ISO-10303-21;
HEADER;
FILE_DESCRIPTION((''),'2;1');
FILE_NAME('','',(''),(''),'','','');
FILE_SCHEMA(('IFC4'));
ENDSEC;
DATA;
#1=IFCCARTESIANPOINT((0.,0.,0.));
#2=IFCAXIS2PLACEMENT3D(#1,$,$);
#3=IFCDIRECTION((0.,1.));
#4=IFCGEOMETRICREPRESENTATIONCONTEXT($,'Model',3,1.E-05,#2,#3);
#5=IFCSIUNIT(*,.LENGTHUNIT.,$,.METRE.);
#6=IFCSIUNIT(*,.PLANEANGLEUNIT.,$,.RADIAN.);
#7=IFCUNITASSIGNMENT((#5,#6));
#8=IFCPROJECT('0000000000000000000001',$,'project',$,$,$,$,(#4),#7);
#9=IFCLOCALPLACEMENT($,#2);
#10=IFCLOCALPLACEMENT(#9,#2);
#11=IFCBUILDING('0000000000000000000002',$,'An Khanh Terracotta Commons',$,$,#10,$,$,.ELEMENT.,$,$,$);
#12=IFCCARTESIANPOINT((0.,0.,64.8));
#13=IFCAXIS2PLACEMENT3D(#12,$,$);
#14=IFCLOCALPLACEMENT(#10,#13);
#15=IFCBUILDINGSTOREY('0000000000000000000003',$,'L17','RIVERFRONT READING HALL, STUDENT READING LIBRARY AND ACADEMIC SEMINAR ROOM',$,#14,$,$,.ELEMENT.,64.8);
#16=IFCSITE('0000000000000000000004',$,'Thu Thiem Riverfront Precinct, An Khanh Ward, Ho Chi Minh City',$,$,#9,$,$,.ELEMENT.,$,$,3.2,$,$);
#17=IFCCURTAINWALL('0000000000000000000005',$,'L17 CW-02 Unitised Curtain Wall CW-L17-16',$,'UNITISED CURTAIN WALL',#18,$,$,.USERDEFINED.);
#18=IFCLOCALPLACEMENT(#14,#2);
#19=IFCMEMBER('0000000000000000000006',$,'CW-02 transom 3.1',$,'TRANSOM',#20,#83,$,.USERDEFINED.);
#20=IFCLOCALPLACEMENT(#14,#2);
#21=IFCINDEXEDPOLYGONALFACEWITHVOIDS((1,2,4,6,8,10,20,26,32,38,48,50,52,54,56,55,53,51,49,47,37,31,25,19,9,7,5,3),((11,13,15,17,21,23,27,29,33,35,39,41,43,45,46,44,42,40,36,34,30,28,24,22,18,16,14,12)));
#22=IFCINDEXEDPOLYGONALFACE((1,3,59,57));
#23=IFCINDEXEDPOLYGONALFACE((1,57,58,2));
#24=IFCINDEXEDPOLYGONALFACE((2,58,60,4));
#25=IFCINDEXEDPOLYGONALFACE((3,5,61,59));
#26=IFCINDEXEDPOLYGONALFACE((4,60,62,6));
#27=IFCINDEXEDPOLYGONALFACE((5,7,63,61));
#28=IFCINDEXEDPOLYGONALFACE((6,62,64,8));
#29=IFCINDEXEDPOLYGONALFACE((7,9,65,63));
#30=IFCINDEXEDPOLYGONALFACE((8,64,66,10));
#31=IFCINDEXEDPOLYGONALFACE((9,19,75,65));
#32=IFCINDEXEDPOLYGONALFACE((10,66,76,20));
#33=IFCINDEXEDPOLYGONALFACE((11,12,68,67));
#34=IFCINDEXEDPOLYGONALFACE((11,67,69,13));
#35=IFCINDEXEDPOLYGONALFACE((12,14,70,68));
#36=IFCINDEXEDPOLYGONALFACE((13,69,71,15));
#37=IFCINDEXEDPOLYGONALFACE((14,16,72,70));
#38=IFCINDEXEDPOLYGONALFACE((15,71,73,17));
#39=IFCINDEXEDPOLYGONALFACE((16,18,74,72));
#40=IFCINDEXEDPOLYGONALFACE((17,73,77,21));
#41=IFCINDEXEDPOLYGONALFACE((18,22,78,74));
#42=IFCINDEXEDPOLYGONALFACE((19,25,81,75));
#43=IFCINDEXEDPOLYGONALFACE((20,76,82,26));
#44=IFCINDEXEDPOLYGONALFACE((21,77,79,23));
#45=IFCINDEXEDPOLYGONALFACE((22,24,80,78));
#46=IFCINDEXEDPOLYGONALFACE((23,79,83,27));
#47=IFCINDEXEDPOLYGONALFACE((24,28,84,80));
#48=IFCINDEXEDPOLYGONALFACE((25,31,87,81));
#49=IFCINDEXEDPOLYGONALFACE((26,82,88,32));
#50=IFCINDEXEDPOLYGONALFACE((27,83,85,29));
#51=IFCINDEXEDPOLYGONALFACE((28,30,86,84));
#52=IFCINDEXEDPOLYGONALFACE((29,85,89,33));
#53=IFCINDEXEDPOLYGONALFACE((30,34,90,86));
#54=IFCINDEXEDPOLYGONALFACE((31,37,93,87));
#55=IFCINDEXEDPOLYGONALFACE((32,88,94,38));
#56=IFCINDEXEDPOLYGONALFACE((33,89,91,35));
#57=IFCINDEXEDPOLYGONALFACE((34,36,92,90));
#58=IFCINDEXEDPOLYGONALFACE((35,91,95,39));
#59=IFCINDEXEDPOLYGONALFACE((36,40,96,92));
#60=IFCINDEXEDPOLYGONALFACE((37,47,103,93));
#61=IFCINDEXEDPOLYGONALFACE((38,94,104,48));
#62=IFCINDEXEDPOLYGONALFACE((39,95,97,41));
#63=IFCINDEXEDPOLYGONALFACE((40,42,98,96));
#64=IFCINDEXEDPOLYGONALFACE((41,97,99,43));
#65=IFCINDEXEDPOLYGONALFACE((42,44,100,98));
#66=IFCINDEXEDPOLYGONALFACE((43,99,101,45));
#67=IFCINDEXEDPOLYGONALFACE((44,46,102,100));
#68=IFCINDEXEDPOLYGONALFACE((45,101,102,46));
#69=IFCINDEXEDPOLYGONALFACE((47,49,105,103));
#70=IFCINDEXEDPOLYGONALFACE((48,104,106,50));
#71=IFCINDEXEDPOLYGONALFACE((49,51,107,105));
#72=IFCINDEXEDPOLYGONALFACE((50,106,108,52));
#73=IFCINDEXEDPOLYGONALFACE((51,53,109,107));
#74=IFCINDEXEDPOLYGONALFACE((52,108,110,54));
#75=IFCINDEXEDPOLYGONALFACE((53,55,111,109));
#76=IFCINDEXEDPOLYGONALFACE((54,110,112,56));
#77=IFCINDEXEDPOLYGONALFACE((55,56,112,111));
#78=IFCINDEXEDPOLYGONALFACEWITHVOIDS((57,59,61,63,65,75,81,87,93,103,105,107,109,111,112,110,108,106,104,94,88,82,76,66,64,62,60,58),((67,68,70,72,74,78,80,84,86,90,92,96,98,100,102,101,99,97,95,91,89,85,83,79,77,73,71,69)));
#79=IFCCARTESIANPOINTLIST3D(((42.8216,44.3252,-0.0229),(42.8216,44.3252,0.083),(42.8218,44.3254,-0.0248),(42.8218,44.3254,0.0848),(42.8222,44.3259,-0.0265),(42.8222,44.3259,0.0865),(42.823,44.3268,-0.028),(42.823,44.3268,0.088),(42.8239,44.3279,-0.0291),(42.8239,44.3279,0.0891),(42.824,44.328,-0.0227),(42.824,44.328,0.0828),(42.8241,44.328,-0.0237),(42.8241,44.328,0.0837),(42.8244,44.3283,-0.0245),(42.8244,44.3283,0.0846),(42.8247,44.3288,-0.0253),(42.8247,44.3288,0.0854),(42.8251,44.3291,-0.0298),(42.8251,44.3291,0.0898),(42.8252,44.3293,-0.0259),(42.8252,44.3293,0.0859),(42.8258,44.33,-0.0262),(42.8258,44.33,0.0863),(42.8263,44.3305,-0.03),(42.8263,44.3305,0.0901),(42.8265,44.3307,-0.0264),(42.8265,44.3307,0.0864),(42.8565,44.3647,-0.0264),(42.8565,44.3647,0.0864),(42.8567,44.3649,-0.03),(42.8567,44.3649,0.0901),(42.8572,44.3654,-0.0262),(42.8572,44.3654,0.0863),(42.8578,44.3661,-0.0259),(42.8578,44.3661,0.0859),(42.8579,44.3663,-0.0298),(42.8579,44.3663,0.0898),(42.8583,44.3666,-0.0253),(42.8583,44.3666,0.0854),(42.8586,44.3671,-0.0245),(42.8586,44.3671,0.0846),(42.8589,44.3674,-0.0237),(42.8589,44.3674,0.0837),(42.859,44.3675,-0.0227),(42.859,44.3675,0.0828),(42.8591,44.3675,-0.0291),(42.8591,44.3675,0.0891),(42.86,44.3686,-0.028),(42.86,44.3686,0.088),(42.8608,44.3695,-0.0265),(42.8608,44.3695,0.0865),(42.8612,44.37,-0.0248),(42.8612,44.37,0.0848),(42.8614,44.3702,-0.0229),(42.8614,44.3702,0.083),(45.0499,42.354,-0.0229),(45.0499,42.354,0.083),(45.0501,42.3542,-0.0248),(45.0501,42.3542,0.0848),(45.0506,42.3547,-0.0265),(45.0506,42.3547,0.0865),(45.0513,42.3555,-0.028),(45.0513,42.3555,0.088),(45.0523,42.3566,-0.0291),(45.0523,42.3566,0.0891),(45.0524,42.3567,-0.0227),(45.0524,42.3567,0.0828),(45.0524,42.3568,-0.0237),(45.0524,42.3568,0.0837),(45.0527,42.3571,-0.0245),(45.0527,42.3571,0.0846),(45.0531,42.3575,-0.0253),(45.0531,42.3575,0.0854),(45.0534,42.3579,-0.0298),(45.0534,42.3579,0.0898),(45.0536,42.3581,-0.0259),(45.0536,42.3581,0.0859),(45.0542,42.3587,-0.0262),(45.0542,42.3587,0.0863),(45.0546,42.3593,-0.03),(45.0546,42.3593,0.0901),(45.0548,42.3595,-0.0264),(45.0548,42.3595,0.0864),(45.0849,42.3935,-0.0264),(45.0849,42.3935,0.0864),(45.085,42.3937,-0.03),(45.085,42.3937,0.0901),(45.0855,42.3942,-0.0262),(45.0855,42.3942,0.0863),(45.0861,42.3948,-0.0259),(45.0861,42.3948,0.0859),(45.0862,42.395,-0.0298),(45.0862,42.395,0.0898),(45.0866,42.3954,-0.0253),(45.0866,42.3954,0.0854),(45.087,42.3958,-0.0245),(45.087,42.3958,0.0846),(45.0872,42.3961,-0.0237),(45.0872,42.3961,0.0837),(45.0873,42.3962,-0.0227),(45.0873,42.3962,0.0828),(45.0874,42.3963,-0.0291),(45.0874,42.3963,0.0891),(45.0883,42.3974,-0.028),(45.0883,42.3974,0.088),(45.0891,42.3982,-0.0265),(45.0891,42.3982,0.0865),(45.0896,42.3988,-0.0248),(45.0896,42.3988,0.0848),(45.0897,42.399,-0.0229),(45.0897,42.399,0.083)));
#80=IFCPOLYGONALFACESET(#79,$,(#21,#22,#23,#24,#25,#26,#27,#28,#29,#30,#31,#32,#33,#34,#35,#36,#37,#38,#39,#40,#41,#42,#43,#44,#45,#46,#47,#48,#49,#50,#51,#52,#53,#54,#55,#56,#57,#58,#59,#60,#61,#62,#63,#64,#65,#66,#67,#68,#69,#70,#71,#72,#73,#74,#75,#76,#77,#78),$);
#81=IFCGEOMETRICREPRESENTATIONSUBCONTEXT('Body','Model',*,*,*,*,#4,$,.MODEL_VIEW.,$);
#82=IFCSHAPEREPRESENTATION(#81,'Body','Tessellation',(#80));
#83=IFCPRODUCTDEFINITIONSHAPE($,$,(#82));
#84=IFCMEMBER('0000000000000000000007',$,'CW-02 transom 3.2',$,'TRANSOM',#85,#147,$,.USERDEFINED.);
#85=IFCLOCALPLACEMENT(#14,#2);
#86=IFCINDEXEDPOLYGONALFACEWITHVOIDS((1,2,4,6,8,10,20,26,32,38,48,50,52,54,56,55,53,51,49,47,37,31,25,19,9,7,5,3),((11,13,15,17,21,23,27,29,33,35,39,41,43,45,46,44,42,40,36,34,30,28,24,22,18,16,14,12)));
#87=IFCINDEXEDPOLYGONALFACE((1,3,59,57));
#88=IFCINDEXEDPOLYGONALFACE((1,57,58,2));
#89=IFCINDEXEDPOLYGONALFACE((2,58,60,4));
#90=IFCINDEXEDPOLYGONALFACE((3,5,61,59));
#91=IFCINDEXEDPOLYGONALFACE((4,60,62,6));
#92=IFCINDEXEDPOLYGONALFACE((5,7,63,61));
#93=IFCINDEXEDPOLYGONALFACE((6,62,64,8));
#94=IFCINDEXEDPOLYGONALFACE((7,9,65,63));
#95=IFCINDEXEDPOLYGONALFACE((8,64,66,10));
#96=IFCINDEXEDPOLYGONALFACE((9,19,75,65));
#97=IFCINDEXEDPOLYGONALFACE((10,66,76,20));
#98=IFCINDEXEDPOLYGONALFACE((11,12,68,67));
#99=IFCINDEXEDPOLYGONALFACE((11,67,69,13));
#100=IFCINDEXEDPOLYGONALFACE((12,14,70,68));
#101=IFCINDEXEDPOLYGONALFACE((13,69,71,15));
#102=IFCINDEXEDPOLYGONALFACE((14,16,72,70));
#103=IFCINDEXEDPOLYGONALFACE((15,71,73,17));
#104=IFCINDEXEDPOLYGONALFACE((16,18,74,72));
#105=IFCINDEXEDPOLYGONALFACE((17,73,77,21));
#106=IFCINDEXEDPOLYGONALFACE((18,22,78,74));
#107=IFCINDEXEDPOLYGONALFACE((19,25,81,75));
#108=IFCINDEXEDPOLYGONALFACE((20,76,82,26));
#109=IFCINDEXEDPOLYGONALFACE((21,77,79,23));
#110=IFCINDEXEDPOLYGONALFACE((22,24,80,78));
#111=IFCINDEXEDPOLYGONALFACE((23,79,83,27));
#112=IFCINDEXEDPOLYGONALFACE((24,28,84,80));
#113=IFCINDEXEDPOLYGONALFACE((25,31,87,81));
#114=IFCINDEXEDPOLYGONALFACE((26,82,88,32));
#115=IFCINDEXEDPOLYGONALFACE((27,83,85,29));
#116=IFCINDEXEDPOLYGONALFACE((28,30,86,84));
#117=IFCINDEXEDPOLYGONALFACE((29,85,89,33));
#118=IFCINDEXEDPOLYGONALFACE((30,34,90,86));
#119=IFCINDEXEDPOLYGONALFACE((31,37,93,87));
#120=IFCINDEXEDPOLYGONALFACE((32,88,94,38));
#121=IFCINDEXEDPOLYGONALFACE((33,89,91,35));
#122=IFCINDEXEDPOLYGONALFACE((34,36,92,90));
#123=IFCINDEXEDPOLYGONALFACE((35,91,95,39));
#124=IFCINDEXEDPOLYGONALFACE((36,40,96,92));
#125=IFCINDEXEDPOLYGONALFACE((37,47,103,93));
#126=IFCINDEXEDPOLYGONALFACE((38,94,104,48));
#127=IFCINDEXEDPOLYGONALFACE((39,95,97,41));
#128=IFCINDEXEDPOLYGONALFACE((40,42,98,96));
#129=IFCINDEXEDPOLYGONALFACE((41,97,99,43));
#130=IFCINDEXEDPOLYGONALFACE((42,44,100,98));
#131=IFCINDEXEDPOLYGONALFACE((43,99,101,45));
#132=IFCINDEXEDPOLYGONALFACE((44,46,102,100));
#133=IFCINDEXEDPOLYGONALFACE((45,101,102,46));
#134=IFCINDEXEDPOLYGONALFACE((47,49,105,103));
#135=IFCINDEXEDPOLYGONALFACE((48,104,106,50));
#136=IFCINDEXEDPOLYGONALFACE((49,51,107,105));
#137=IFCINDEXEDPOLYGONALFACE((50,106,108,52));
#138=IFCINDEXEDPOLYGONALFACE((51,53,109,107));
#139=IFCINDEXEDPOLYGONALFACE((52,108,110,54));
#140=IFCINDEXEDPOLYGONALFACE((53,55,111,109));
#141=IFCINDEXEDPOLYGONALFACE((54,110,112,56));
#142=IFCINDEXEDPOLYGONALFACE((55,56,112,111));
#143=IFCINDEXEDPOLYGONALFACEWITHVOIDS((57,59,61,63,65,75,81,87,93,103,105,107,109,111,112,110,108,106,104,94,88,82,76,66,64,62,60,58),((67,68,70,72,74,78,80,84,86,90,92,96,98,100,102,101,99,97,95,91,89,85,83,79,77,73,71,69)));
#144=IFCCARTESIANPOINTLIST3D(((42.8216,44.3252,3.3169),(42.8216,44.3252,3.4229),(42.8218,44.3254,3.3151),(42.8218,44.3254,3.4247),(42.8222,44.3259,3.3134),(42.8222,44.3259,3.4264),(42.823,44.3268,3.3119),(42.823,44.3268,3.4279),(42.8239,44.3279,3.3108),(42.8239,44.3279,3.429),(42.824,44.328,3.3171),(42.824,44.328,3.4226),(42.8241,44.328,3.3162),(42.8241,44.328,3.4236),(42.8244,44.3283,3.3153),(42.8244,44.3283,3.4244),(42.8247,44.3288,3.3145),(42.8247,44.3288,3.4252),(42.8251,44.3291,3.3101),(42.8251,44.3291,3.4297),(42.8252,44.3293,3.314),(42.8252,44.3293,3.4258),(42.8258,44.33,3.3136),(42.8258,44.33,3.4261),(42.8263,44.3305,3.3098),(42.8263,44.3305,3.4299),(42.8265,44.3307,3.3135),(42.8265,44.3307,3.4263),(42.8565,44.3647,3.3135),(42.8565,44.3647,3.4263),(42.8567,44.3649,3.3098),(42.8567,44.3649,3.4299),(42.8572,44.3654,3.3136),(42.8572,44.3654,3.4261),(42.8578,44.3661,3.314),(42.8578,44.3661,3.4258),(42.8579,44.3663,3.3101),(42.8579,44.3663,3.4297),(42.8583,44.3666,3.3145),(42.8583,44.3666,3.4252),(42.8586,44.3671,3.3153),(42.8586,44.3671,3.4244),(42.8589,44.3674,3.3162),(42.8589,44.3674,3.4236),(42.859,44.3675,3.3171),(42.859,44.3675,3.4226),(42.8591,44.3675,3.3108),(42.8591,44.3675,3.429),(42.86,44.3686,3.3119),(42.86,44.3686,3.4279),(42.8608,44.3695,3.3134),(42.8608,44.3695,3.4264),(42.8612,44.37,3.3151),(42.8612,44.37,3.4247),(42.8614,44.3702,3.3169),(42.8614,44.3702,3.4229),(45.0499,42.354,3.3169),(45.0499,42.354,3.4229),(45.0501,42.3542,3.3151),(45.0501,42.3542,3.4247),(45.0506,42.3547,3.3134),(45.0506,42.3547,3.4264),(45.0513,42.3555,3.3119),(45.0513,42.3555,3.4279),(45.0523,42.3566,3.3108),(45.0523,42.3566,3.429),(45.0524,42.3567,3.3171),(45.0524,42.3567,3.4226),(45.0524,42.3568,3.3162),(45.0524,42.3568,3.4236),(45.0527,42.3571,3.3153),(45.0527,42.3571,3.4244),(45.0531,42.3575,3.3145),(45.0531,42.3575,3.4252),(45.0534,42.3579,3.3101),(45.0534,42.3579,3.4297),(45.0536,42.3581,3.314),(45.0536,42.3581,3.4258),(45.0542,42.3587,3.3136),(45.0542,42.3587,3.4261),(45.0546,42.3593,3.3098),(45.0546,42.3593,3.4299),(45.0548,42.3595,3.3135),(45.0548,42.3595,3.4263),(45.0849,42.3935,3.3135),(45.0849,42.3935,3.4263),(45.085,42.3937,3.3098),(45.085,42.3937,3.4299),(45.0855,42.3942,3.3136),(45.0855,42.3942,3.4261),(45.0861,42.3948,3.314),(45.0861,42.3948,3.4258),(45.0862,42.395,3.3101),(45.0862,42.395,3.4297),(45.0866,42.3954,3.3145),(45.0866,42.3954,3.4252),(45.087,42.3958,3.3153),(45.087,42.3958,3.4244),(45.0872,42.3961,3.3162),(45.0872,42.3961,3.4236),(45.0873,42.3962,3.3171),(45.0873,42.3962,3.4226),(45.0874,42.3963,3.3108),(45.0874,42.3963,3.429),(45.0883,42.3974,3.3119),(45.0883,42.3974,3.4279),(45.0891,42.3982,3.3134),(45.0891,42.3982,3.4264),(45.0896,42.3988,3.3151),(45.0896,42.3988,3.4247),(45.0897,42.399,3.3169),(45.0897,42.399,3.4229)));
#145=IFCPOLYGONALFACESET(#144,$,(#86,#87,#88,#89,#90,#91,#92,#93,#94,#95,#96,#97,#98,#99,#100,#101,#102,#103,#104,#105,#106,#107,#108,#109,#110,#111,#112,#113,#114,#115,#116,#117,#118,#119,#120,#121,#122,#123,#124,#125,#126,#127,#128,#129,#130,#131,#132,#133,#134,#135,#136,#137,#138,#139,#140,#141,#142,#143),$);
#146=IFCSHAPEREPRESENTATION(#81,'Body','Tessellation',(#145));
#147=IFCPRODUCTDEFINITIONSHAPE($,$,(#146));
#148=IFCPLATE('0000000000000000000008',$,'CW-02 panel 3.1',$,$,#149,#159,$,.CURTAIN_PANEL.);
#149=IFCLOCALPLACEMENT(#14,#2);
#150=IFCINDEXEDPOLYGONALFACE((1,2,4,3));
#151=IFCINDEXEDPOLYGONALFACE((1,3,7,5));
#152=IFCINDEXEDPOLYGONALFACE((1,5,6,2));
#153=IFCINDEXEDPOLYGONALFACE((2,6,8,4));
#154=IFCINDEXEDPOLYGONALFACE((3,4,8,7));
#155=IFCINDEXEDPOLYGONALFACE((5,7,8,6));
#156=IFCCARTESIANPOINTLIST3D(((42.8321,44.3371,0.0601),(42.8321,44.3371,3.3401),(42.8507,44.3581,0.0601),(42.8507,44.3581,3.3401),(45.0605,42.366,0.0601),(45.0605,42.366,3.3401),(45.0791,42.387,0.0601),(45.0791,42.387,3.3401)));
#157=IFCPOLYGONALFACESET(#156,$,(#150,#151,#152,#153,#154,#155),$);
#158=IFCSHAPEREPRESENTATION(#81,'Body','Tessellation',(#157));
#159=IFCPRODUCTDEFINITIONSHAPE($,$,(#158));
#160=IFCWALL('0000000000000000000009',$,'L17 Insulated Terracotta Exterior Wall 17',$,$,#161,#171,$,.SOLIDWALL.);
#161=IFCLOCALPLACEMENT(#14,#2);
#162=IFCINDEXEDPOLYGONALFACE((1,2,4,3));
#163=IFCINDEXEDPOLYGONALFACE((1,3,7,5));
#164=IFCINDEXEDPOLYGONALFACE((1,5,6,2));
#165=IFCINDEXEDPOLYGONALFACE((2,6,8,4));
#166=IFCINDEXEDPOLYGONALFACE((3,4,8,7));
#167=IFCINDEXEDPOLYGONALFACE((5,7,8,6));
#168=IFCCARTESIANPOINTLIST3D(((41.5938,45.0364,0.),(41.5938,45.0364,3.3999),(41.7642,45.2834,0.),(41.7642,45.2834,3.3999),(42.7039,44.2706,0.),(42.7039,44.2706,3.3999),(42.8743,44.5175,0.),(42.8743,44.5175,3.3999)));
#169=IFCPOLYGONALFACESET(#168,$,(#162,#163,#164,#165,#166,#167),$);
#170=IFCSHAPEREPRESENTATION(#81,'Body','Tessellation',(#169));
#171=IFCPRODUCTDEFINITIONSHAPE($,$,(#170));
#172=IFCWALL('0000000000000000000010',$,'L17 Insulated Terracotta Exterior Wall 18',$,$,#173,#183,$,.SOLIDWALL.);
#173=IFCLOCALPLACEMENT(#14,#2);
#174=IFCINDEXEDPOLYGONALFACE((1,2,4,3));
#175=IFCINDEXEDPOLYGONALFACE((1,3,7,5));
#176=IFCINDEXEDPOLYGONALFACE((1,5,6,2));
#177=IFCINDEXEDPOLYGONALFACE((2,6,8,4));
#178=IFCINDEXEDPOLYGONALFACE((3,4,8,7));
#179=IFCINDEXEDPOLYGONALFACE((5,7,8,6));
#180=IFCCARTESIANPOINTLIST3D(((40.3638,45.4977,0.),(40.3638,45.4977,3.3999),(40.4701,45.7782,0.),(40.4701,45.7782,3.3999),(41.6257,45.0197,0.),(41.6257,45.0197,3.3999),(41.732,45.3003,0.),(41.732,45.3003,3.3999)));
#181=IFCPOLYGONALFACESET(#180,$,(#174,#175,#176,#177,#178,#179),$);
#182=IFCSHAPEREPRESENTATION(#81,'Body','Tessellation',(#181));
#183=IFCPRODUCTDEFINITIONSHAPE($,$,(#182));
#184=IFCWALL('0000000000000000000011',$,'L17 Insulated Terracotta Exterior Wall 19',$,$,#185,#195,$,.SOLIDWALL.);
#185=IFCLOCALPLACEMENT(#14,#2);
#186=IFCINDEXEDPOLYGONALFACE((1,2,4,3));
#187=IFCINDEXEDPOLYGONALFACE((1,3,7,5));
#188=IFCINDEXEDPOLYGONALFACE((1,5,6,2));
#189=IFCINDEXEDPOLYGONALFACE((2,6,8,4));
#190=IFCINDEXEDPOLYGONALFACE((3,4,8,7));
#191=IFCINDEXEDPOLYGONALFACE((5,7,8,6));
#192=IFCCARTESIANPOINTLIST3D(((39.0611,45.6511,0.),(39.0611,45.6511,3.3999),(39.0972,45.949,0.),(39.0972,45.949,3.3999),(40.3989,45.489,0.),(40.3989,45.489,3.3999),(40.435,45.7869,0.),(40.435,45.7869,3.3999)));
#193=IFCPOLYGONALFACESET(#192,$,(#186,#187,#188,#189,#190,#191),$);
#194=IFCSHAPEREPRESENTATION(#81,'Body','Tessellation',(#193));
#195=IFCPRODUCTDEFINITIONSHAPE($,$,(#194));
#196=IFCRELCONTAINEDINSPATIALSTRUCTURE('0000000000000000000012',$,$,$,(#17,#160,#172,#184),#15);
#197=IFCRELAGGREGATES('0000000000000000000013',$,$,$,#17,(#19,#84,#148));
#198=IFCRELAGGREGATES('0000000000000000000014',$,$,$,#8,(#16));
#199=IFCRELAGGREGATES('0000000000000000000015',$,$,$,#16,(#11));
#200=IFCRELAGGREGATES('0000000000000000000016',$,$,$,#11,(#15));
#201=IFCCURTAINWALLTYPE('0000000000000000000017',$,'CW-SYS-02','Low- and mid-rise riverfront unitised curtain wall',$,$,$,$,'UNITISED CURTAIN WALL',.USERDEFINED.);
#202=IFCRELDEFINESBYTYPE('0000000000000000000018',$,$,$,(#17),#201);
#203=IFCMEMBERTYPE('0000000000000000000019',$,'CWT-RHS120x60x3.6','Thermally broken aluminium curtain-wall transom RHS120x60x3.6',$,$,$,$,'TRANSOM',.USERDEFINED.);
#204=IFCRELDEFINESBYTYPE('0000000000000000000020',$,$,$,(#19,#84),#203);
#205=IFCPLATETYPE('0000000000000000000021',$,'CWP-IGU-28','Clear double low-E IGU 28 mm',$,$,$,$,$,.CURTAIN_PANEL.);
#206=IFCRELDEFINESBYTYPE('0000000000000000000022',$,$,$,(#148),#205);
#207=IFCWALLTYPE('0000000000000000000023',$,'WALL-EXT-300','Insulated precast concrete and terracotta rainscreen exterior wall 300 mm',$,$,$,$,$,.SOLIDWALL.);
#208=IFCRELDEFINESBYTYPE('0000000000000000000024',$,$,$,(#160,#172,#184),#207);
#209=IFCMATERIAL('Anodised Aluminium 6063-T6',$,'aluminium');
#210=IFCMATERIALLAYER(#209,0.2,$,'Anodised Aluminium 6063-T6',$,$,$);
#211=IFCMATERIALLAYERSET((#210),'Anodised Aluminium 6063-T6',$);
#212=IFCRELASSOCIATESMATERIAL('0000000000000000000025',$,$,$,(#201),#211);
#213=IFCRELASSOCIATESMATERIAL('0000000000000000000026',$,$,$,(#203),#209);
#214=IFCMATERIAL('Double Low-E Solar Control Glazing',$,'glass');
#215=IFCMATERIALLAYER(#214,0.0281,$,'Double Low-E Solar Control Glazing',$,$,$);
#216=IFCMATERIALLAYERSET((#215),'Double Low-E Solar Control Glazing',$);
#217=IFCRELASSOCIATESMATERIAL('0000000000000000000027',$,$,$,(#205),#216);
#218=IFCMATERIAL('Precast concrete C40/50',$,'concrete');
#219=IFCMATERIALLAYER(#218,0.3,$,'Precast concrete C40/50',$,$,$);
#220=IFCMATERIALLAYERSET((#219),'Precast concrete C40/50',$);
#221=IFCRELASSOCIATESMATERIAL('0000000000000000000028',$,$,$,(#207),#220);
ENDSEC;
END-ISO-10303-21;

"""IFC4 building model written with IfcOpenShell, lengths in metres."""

from ifc_helpers import new_model, si_unit, direction, frame, frame_2d, origin, origin_2d, place, context, subcontext, project, spatial, rectangle, hollow_rectangle, extrude, material, layer, layer_set, material_profile, profile_set, type_object, element, aggregate, save


model = new_model("IFC4")

# Units and contexts
model_context = context("Model", 3, precision=1e-05, world=origin(), true_north=direction((0.0, 1.0)))
body_context = subcontext(model_context, "Body", "Model", "MODEL_VIEW")
ifc_project = project(units=[si_unit("LENGTHUNIT", "METRE"), si_unit("PLANEANGLEUNIT", "RADIAN")], contexts=[model_context])

# Site, building, storey
site_placement = place(None, origin())
site = spatial("IfcSite", under=ifc_project, at=site_placement, Name="Thu Thiem Riverfront Precinct, An Khanh Ward, Ho Chi Minh City", CompositionType="ELEMENT", RefElevation=3.2)
building_placement = place(site_placement, origin())
building = spatial("IfcBuilding", under=site, at=building_placement, Name="An Khanh Terracotta Commons", CompositionType="ELEMENT")
storey_placement = place(building_placement, frame((0.0, 0.0, 64.8)))
storey = spatial("IfcBuildingStorey", under=building, at=storey_placement, Name="L17", Description="RIVERFRONT READING HALL, STUDENT READING LIBRARY AND ACADEMIC SEMINAR ROOM", CompositionType="ELEMENT", Elevation=64.8)

# Curtain wall, members, plate
ifc_material_1 = material(Name="Anodised Aluminium 6063-T6", Category="aluminium")
ifc_layer_1 = layer(ifc_material_1, 0.2, Name="Anodised Aluminium 6063-T6")
ifc_layer_set_1 = layer_set([ifc_layer_1], Name="Anodised Aluminium 6063-T6")
curtain_wall_type = type_object("IfcCurtainWallType", Name="CW-SYS-02", Description="Low- and mid-rise riverfront unitised curtain wall", ElementType="UNITISED CURTAIN WALL", PredefinedType="USERDEFINED", material=ifc_layer_set_1)
curtain_wall_placement = place(storey_placement, origin())
curtain_wall = element("IfcCurtainWall", 1, at=curtain_wall_placement, inside=storey, type_object=curtain_wall_type, Name="L17 CW-02 Unitised Curtain Wall CW-L17-16", ObjectType="UNITISED CURTAIN WALL", PredefinedType="USERDEFINED")
ifc_material_profile_1 = material_profile(ifc_material_1, hollow_rectangle(XDim=0.0601, YDim=0.1201, WallThickness=0.0037, InnerFilletRadius=0.0037, OuterFilletRadius=0.0071, at=origin_2d()), Name="RHS120x60x3.6")
ifc_profile_set_1 = profile_set([ifc_material_profile_1], Name="Anodised Aluminium 6063-T6")
member_type_1 = type_object("IfcMemberType", Name="CWT-RHS120x60x3.6", Description="Thermally broken aluminium curtain-wall transom RHS120x60x3.6", ElementType="TRANSOM", PredefinedType="USERDEFINED", material=ifc_profile_set_1)
member_1_placement = place(storey_placement, frame((45.0698, 42.3765, 0.03), z_axis=(-0.748992, 0.662579, 0.0), x_axis=(-0.662579, -0.748992, 0.0)))
member_1 = element("IfcMember", 2, at=member_1_placement, type_object=member_type_1, Name="CW-02 transom 3.1", ObjectType="TRANSOM", PredefinedType="USERDEFINED", context=body_context, shape_type="SweptSolid", body=[
    extrude(hollow_rectangle(XDim=0.0601, YDim=0.1201, WallThickness=0.0037, InnerFilletRadius=0.0037, OuterFilletRadius=0.0071, at=origin_2d()), origin(), (0.0, 0.0, 1.0), 2.9751),
])
member_2_placement = place(storey_placement, frame((45.0698, 42.3765, 3.3699), z_axis=(-0.748992, 0.662579, 0.0), x_axis=(-0.662579, -0.748992, 0.0)))
member_2 = element("IfcMember", 3, at=member_2_placement, type_object=member_type_1, Name="CW-02 transom 3.2", ObjectType="TRANSOM", PredefinedType="USERDEFINED", context=body_context, shape_type="SweptSolid", body=[
    extrude(hollow_rectangle(XDim=0.0601, YDim=0.1201, WallThickness=0.0037, InnerFilletRadius=0.0037, OuterFilletRadius=0.0071, at=origin_2d()), origin(), (0.0, 0.0, 1.0), 2.9751),
])
ifc_material_2 = material(Name="Double Low-E Solar Control Glazing", Category="glass")
ifc_layer_2 = layer(ifc_material_2, 0.0281, Name="Double Low-E Solar Control Glazing")
ifc_layer_set_2 = layer_set([ifc_layer_2], Name="Double Low-E Solar Control Glazing")
plate_type = type_object("IfcPlateType", Name="CWP-IGU-28", Description="Clear double low-E IGU 28 mm", PredefinedType="CURTAIN_PANEL", material=ifc_layer_set_2)
plate_placement = place(storey_placement, frame((43.9556, 43.3621, 0.0601), z_axis=(0.0, 0.0, 1.0), x_axis=(-0.749019, 0.662548, 0.0)))
plate = element("IfcPlate", 4, at=plate_placement, type_object=plate_type, Name="CW-02 panel 3.1", PredefinedType="CURTAIN_PANEL", context=body_context, shape_type="SweptSolid", body=[
    extrude(rectangle(XDim=2.9751, YDim=0.0281, at=origin_2d()), origin(), (0.0, 0.0, 1.0), 3.28),
])
aggregate(curtain_wall, [member_1, member_2, plate])

# Walls
ifc_material_3 = material(Name="Precast concrete C40/50", Category="concrete")
ifc_layer_3 = layer(ifc_material_3, 0.3, Name="Precast concrete C40/50")
ifc_layer_set_3 = layer_set([ifc_layer_3], Name="Precast concrete C40/50")
wall_type = type_object("IfcWallType", Name="WALL-EXT-300", Description="Insulated precast concrete and terracotta rainscreen exterior wall 300 mm", PredefinedType="SOLIDWALL", material=ifc_layer_set_3)
wall_1_placement = place(storey_placement, frame((42.7891, 44.394, 0.0), z_axis=(0.0, 0.0, 1.0), x_axis=(-0.823117, 0.567873, 0.0)))
element("IfcWall", 5, at=wall_1_placement, inside=storey, type_object=wall_type, Name="L17 Insulated Terracotta Exterior Wall 17", PredefinedType="SOLIDWALL", context=body_context, shape_type="SweptSolid", body=[
    extrude(rectangle(XDim=1.3486, YDim=0.3, at=frame_2d((0.6743, 0.0))), origin(), (0.0, 0.0, 1.0), 3.3999),
])
wall_2_placement = place(storey_placement, frame((41.679, 45.1599, 0.0), z_axis=(0.0, 0.0, 1.0), x_axis=(-0.935157, 0.354234, 0.0)))
element("IfcWall", 6, at=wall_2_placement, inside=storey, type_object=wall_type, Name="L17 Insulated Terracotta Exterior Wall 18", PredefinedType="SOLIDWALL", context=body_context, shape_type="SweptSolid", body=[
    extrude(rectangle(XDim=1.3494, YDim=0.3, at=frame_2d((0.6748, 0.0))), origin(), (0.0, 0.0, 1.0), 3.3999),
])
wall_3_placement = place(storey_placement, frame((40.417, 45.6379, 0.0), z_axis=(0.0, 0.0, 1.0), x_axis=(-0.992739, 0.120288, 0.0)))
element("IfcWall", 7, at=wall_3_placement, inside=storey, type_object=wall_type, Name="L17 Insulated Terracotta Exterior Wall 19", PredefinedType="SOLIDWALL", context=body_context, shape_type="SweptSolid", body=[
    extrude(rectangle(XDim=1.3477, YDim=0.3, at=frame_2d((0.6738, 0.0))), origin(), (0.0, 0.0, 1.0), 3.3999),
])

save(model, "model.ifc")
